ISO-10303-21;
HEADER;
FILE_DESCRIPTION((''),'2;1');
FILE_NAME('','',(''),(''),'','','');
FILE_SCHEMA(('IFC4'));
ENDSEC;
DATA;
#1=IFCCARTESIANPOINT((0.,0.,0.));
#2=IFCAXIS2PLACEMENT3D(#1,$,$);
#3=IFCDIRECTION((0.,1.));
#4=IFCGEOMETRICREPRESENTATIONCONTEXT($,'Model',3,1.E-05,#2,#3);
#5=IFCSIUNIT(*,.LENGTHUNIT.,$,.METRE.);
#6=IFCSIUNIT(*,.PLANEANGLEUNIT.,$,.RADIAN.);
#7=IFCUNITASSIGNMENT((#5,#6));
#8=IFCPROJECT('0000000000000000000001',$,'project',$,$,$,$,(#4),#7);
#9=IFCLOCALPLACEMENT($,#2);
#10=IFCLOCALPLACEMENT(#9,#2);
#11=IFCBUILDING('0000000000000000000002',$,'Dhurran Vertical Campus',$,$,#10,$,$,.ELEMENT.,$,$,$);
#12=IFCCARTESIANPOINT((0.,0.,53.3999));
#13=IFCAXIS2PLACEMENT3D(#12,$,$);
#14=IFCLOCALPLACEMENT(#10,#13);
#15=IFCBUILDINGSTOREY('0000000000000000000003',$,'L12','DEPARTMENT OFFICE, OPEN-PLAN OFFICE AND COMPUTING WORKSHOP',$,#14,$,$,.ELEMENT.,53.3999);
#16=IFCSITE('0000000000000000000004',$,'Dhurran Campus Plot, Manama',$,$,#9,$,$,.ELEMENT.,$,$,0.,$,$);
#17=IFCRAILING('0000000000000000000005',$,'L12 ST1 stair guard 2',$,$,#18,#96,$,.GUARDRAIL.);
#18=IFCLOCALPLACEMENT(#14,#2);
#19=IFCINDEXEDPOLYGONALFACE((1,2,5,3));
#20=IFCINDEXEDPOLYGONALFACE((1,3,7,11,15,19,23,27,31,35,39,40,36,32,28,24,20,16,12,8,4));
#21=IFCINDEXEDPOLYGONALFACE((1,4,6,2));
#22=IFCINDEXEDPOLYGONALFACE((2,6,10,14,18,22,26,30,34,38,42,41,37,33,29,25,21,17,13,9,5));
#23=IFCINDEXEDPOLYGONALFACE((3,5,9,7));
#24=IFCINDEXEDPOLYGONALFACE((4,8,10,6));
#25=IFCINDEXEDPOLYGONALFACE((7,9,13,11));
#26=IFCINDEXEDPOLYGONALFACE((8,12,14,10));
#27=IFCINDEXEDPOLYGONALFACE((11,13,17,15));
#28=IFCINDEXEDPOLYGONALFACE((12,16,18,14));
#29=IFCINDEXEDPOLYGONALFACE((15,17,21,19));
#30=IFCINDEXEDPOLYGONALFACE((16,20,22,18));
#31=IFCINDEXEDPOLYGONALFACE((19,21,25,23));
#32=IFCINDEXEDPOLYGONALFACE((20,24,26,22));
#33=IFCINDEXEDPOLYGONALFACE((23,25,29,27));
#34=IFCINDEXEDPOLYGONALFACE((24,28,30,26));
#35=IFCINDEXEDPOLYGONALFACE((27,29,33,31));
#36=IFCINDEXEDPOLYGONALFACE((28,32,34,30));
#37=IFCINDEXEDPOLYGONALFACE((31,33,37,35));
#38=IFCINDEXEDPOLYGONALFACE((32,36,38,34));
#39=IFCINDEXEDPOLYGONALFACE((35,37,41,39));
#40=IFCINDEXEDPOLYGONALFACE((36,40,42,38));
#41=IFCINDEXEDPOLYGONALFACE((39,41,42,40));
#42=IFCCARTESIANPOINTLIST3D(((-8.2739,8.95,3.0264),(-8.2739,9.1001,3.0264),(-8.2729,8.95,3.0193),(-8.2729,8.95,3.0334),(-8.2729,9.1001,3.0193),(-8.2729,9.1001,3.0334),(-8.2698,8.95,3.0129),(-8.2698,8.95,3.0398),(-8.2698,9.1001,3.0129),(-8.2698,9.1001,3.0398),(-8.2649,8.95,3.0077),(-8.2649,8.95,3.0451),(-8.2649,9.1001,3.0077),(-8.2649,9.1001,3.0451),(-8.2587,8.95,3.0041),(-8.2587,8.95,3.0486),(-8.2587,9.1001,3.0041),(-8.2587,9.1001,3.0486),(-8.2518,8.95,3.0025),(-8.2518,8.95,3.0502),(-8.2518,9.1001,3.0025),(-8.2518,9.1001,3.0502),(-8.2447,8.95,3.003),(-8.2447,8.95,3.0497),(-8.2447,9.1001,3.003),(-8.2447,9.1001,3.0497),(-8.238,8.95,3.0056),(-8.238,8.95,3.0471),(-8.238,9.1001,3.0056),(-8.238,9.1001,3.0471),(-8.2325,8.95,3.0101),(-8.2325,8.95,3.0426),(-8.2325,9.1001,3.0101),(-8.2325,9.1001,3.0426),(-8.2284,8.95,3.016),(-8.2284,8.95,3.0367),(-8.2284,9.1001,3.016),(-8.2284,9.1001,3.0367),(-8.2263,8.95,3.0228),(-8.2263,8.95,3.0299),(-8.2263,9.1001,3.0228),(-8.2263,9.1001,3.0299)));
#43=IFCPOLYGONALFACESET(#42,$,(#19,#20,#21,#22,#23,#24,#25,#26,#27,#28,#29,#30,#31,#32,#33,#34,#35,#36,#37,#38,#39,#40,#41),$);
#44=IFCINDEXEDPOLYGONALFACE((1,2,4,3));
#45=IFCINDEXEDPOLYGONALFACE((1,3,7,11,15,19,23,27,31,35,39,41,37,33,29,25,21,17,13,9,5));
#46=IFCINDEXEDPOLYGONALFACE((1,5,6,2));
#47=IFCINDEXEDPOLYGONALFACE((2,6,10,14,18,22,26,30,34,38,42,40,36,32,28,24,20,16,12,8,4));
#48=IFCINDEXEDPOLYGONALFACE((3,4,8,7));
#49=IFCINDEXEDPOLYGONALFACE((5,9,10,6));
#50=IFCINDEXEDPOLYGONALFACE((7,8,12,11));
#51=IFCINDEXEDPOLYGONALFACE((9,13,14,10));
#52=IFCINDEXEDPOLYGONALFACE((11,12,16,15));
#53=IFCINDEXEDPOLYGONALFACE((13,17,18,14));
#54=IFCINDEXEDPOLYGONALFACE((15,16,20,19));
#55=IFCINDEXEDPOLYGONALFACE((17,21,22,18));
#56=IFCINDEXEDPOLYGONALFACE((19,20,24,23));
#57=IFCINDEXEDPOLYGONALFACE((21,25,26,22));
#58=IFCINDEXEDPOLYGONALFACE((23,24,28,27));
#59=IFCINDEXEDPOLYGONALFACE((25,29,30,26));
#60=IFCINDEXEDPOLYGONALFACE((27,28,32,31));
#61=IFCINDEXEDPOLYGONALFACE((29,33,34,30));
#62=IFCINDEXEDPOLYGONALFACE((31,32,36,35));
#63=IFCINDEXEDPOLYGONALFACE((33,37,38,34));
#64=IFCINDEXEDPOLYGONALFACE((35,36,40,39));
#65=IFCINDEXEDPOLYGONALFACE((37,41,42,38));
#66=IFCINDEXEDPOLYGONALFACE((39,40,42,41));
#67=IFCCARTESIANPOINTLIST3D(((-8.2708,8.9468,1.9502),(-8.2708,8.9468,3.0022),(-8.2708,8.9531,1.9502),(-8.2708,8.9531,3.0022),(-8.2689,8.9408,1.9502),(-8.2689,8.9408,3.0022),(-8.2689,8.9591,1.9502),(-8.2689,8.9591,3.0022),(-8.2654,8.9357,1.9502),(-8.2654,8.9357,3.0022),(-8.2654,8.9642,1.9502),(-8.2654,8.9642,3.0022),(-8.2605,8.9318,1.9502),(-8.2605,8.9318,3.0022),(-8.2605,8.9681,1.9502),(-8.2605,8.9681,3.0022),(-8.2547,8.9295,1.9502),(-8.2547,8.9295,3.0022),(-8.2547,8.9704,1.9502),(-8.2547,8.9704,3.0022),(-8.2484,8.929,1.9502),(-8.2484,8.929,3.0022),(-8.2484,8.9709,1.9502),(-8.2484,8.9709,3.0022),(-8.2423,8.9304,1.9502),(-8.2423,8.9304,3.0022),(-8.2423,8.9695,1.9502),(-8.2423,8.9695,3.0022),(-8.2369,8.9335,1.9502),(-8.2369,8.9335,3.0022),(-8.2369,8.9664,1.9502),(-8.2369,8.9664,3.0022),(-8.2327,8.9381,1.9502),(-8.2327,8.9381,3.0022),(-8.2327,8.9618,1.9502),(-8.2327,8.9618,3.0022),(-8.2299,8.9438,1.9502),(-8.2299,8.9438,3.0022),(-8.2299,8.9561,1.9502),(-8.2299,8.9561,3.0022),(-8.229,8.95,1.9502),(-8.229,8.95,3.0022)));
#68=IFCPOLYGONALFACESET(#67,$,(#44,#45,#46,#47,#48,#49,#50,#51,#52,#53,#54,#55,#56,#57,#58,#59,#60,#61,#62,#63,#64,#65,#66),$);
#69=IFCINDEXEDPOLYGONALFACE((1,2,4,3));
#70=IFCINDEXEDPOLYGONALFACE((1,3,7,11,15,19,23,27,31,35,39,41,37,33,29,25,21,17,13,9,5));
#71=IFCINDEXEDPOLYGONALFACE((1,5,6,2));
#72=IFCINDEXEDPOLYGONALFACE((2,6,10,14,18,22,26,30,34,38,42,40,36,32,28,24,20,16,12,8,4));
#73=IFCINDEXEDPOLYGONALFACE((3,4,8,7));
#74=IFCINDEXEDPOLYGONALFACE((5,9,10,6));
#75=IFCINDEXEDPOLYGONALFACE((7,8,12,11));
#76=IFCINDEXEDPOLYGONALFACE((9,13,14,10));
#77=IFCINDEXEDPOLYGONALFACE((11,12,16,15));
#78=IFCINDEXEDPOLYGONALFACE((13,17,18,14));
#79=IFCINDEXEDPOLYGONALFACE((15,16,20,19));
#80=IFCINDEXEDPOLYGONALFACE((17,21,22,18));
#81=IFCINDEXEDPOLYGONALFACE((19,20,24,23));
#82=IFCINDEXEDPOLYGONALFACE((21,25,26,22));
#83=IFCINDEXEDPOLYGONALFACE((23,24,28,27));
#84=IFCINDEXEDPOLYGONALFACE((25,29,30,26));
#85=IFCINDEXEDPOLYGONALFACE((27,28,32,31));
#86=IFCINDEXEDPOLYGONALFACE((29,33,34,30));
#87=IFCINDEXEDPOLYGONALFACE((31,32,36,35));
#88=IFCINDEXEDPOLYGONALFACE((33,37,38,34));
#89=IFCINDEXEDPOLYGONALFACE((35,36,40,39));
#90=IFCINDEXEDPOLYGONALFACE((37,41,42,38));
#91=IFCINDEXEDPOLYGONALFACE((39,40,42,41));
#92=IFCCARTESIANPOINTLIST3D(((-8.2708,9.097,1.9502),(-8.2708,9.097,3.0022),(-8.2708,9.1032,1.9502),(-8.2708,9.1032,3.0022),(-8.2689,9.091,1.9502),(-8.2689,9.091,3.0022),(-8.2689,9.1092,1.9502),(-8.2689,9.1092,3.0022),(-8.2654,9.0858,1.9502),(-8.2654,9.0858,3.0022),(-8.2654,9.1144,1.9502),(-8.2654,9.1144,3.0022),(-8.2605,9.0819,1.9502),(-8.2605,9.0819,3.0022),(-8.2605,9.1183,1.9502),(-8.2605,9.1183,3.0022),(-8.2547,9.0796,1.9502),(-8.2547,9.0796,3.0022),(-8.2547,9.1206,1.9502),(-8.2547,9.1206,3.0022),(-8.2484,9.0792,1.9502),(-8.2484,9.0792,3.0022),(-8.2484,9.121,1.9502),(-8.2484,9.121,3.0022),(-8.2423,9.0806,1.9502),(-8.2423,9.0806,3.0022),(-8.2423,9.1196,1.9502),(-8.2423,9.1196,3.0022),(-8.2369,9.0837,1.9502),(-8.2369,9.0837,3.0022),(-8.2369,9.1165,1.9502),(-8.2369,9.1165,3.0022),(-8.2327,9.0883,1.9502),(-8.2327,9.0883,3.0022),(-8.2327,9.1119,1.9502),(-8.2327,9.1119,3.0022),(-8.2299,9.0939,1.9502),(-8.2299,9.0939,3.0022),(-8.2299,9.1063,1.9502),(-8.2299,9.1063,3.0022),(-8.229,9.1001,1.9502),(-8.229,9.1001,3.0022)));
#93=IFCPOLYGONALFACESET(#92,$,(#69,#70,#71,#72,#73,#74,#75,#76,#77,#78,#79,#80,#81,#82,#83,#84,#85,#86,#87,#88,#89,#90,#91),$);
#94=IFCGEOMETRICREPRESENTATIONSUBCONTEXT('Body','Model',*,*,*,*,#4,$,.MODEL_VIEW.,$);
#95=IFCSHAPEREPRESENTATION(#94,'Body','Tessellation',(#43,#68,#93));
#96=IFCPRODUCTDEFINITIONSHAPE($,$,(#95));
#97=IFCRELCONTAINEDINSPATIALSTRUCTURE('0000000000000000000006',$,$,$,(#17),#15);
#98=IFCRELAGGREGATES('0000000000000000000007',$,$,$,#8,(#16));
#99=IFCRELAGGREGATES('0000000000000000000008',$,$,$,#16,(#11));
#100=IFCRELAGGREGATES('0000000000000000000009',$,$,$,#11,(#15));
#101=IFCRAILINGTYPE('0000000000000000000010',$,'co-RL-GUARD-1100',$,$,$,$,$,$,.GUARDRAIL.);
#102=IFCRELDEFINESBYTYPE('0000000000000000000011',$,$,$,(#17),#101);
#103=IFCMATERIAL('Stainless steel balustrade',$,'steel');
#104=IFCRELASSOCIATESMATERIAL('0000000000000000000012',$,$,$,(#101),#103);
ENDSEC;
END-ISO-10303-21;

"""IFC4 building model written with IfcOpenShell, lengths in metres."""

from ifc_helpers import new_model, si_unit, direction, frame, origin, origin_2d, place, context, subcontext, project, spatial, circle, extrude, material, type_object, element, save


model = new_model("IFC4")

# Units and contexts
model_context = context("Model", 3, precision=1e-05, world=origin(), true_north=direction((0.0, 1.0)))
body_context = subcontext(model_context, "Body", "Model", "MODEL_VIEW")
ifc_project = project(units=[si_unit("LENGTHUNIT", "METRE"), si_unit("PLANEANGLEUNIT", "RADIAN")], contexts=[model_context])

# Site, building, storey
site_placement = place(None, origin())
site = spatial("IfcSite", under=ifc_project, at=site_placement, Name="Dhurran Campus Plot, Manama", CompositionType="ELEMENT", RefElevation=0.0)
building_placement = place(site_placement, origin())
building = spatial("IfcBuilding", under=site, at=building_placement, Name="Dhurran Vertical Campus", CompositionType="ELEMENT")
storey_placement = place(building_placement, frame((0.0, 0.0, 53.3999)))
storey = spatial("IfcBuildingStorey", under=building, at=storey_placement, Name="L12", Description="DEPARTMENT OFFICE, OPEN-PLAN OFFICE AND COMPUTING WORKSHOP", CompositionType="ELEMENT", Elevation=53.3999)

# Railing
ifc_material_1 = material(Name="Stainless steel balustrade", Category="steel")
railing_type_1 = type_object("IfcRailingType", Name="co-RL-GUARD-1100", PredefinedType="GUARDRAIL", material=ifc_material_1)
railing_1_placement = place(storey_placement, frame((-8.25, 8.95, 1.9502)))
element("IfcRailing", 1, at=railing_1_placement, inside=storey, type_object=railing_type_1, Name="L12 ST1 stair guard 2", PredefinedType="GUARDRAIL", context=body_context, shape_type="SweptSolid", body=[
    extrude(circle(Radius=0.0239, at=origin_2d()), frame((0.0, 0.0, 1.0762), z_axis=(0.0, 1.0, 0.0), x_axis=(-1.0, 0.0, 0.0)), (0.0, 0.0, 1.0), 0.1501),
    extrude(circle(Radius=0.021, at=origin_2d()), origin(), (0.0, 0.0, 1.0), 1.052),
    extrude(circle(Radius=0.021, at=origin_2d()), frame((0.0, 0.1501, 0.0)), (0.0, 0.0, 1.0), 1.052),
])

save(model, "model.ifc")
